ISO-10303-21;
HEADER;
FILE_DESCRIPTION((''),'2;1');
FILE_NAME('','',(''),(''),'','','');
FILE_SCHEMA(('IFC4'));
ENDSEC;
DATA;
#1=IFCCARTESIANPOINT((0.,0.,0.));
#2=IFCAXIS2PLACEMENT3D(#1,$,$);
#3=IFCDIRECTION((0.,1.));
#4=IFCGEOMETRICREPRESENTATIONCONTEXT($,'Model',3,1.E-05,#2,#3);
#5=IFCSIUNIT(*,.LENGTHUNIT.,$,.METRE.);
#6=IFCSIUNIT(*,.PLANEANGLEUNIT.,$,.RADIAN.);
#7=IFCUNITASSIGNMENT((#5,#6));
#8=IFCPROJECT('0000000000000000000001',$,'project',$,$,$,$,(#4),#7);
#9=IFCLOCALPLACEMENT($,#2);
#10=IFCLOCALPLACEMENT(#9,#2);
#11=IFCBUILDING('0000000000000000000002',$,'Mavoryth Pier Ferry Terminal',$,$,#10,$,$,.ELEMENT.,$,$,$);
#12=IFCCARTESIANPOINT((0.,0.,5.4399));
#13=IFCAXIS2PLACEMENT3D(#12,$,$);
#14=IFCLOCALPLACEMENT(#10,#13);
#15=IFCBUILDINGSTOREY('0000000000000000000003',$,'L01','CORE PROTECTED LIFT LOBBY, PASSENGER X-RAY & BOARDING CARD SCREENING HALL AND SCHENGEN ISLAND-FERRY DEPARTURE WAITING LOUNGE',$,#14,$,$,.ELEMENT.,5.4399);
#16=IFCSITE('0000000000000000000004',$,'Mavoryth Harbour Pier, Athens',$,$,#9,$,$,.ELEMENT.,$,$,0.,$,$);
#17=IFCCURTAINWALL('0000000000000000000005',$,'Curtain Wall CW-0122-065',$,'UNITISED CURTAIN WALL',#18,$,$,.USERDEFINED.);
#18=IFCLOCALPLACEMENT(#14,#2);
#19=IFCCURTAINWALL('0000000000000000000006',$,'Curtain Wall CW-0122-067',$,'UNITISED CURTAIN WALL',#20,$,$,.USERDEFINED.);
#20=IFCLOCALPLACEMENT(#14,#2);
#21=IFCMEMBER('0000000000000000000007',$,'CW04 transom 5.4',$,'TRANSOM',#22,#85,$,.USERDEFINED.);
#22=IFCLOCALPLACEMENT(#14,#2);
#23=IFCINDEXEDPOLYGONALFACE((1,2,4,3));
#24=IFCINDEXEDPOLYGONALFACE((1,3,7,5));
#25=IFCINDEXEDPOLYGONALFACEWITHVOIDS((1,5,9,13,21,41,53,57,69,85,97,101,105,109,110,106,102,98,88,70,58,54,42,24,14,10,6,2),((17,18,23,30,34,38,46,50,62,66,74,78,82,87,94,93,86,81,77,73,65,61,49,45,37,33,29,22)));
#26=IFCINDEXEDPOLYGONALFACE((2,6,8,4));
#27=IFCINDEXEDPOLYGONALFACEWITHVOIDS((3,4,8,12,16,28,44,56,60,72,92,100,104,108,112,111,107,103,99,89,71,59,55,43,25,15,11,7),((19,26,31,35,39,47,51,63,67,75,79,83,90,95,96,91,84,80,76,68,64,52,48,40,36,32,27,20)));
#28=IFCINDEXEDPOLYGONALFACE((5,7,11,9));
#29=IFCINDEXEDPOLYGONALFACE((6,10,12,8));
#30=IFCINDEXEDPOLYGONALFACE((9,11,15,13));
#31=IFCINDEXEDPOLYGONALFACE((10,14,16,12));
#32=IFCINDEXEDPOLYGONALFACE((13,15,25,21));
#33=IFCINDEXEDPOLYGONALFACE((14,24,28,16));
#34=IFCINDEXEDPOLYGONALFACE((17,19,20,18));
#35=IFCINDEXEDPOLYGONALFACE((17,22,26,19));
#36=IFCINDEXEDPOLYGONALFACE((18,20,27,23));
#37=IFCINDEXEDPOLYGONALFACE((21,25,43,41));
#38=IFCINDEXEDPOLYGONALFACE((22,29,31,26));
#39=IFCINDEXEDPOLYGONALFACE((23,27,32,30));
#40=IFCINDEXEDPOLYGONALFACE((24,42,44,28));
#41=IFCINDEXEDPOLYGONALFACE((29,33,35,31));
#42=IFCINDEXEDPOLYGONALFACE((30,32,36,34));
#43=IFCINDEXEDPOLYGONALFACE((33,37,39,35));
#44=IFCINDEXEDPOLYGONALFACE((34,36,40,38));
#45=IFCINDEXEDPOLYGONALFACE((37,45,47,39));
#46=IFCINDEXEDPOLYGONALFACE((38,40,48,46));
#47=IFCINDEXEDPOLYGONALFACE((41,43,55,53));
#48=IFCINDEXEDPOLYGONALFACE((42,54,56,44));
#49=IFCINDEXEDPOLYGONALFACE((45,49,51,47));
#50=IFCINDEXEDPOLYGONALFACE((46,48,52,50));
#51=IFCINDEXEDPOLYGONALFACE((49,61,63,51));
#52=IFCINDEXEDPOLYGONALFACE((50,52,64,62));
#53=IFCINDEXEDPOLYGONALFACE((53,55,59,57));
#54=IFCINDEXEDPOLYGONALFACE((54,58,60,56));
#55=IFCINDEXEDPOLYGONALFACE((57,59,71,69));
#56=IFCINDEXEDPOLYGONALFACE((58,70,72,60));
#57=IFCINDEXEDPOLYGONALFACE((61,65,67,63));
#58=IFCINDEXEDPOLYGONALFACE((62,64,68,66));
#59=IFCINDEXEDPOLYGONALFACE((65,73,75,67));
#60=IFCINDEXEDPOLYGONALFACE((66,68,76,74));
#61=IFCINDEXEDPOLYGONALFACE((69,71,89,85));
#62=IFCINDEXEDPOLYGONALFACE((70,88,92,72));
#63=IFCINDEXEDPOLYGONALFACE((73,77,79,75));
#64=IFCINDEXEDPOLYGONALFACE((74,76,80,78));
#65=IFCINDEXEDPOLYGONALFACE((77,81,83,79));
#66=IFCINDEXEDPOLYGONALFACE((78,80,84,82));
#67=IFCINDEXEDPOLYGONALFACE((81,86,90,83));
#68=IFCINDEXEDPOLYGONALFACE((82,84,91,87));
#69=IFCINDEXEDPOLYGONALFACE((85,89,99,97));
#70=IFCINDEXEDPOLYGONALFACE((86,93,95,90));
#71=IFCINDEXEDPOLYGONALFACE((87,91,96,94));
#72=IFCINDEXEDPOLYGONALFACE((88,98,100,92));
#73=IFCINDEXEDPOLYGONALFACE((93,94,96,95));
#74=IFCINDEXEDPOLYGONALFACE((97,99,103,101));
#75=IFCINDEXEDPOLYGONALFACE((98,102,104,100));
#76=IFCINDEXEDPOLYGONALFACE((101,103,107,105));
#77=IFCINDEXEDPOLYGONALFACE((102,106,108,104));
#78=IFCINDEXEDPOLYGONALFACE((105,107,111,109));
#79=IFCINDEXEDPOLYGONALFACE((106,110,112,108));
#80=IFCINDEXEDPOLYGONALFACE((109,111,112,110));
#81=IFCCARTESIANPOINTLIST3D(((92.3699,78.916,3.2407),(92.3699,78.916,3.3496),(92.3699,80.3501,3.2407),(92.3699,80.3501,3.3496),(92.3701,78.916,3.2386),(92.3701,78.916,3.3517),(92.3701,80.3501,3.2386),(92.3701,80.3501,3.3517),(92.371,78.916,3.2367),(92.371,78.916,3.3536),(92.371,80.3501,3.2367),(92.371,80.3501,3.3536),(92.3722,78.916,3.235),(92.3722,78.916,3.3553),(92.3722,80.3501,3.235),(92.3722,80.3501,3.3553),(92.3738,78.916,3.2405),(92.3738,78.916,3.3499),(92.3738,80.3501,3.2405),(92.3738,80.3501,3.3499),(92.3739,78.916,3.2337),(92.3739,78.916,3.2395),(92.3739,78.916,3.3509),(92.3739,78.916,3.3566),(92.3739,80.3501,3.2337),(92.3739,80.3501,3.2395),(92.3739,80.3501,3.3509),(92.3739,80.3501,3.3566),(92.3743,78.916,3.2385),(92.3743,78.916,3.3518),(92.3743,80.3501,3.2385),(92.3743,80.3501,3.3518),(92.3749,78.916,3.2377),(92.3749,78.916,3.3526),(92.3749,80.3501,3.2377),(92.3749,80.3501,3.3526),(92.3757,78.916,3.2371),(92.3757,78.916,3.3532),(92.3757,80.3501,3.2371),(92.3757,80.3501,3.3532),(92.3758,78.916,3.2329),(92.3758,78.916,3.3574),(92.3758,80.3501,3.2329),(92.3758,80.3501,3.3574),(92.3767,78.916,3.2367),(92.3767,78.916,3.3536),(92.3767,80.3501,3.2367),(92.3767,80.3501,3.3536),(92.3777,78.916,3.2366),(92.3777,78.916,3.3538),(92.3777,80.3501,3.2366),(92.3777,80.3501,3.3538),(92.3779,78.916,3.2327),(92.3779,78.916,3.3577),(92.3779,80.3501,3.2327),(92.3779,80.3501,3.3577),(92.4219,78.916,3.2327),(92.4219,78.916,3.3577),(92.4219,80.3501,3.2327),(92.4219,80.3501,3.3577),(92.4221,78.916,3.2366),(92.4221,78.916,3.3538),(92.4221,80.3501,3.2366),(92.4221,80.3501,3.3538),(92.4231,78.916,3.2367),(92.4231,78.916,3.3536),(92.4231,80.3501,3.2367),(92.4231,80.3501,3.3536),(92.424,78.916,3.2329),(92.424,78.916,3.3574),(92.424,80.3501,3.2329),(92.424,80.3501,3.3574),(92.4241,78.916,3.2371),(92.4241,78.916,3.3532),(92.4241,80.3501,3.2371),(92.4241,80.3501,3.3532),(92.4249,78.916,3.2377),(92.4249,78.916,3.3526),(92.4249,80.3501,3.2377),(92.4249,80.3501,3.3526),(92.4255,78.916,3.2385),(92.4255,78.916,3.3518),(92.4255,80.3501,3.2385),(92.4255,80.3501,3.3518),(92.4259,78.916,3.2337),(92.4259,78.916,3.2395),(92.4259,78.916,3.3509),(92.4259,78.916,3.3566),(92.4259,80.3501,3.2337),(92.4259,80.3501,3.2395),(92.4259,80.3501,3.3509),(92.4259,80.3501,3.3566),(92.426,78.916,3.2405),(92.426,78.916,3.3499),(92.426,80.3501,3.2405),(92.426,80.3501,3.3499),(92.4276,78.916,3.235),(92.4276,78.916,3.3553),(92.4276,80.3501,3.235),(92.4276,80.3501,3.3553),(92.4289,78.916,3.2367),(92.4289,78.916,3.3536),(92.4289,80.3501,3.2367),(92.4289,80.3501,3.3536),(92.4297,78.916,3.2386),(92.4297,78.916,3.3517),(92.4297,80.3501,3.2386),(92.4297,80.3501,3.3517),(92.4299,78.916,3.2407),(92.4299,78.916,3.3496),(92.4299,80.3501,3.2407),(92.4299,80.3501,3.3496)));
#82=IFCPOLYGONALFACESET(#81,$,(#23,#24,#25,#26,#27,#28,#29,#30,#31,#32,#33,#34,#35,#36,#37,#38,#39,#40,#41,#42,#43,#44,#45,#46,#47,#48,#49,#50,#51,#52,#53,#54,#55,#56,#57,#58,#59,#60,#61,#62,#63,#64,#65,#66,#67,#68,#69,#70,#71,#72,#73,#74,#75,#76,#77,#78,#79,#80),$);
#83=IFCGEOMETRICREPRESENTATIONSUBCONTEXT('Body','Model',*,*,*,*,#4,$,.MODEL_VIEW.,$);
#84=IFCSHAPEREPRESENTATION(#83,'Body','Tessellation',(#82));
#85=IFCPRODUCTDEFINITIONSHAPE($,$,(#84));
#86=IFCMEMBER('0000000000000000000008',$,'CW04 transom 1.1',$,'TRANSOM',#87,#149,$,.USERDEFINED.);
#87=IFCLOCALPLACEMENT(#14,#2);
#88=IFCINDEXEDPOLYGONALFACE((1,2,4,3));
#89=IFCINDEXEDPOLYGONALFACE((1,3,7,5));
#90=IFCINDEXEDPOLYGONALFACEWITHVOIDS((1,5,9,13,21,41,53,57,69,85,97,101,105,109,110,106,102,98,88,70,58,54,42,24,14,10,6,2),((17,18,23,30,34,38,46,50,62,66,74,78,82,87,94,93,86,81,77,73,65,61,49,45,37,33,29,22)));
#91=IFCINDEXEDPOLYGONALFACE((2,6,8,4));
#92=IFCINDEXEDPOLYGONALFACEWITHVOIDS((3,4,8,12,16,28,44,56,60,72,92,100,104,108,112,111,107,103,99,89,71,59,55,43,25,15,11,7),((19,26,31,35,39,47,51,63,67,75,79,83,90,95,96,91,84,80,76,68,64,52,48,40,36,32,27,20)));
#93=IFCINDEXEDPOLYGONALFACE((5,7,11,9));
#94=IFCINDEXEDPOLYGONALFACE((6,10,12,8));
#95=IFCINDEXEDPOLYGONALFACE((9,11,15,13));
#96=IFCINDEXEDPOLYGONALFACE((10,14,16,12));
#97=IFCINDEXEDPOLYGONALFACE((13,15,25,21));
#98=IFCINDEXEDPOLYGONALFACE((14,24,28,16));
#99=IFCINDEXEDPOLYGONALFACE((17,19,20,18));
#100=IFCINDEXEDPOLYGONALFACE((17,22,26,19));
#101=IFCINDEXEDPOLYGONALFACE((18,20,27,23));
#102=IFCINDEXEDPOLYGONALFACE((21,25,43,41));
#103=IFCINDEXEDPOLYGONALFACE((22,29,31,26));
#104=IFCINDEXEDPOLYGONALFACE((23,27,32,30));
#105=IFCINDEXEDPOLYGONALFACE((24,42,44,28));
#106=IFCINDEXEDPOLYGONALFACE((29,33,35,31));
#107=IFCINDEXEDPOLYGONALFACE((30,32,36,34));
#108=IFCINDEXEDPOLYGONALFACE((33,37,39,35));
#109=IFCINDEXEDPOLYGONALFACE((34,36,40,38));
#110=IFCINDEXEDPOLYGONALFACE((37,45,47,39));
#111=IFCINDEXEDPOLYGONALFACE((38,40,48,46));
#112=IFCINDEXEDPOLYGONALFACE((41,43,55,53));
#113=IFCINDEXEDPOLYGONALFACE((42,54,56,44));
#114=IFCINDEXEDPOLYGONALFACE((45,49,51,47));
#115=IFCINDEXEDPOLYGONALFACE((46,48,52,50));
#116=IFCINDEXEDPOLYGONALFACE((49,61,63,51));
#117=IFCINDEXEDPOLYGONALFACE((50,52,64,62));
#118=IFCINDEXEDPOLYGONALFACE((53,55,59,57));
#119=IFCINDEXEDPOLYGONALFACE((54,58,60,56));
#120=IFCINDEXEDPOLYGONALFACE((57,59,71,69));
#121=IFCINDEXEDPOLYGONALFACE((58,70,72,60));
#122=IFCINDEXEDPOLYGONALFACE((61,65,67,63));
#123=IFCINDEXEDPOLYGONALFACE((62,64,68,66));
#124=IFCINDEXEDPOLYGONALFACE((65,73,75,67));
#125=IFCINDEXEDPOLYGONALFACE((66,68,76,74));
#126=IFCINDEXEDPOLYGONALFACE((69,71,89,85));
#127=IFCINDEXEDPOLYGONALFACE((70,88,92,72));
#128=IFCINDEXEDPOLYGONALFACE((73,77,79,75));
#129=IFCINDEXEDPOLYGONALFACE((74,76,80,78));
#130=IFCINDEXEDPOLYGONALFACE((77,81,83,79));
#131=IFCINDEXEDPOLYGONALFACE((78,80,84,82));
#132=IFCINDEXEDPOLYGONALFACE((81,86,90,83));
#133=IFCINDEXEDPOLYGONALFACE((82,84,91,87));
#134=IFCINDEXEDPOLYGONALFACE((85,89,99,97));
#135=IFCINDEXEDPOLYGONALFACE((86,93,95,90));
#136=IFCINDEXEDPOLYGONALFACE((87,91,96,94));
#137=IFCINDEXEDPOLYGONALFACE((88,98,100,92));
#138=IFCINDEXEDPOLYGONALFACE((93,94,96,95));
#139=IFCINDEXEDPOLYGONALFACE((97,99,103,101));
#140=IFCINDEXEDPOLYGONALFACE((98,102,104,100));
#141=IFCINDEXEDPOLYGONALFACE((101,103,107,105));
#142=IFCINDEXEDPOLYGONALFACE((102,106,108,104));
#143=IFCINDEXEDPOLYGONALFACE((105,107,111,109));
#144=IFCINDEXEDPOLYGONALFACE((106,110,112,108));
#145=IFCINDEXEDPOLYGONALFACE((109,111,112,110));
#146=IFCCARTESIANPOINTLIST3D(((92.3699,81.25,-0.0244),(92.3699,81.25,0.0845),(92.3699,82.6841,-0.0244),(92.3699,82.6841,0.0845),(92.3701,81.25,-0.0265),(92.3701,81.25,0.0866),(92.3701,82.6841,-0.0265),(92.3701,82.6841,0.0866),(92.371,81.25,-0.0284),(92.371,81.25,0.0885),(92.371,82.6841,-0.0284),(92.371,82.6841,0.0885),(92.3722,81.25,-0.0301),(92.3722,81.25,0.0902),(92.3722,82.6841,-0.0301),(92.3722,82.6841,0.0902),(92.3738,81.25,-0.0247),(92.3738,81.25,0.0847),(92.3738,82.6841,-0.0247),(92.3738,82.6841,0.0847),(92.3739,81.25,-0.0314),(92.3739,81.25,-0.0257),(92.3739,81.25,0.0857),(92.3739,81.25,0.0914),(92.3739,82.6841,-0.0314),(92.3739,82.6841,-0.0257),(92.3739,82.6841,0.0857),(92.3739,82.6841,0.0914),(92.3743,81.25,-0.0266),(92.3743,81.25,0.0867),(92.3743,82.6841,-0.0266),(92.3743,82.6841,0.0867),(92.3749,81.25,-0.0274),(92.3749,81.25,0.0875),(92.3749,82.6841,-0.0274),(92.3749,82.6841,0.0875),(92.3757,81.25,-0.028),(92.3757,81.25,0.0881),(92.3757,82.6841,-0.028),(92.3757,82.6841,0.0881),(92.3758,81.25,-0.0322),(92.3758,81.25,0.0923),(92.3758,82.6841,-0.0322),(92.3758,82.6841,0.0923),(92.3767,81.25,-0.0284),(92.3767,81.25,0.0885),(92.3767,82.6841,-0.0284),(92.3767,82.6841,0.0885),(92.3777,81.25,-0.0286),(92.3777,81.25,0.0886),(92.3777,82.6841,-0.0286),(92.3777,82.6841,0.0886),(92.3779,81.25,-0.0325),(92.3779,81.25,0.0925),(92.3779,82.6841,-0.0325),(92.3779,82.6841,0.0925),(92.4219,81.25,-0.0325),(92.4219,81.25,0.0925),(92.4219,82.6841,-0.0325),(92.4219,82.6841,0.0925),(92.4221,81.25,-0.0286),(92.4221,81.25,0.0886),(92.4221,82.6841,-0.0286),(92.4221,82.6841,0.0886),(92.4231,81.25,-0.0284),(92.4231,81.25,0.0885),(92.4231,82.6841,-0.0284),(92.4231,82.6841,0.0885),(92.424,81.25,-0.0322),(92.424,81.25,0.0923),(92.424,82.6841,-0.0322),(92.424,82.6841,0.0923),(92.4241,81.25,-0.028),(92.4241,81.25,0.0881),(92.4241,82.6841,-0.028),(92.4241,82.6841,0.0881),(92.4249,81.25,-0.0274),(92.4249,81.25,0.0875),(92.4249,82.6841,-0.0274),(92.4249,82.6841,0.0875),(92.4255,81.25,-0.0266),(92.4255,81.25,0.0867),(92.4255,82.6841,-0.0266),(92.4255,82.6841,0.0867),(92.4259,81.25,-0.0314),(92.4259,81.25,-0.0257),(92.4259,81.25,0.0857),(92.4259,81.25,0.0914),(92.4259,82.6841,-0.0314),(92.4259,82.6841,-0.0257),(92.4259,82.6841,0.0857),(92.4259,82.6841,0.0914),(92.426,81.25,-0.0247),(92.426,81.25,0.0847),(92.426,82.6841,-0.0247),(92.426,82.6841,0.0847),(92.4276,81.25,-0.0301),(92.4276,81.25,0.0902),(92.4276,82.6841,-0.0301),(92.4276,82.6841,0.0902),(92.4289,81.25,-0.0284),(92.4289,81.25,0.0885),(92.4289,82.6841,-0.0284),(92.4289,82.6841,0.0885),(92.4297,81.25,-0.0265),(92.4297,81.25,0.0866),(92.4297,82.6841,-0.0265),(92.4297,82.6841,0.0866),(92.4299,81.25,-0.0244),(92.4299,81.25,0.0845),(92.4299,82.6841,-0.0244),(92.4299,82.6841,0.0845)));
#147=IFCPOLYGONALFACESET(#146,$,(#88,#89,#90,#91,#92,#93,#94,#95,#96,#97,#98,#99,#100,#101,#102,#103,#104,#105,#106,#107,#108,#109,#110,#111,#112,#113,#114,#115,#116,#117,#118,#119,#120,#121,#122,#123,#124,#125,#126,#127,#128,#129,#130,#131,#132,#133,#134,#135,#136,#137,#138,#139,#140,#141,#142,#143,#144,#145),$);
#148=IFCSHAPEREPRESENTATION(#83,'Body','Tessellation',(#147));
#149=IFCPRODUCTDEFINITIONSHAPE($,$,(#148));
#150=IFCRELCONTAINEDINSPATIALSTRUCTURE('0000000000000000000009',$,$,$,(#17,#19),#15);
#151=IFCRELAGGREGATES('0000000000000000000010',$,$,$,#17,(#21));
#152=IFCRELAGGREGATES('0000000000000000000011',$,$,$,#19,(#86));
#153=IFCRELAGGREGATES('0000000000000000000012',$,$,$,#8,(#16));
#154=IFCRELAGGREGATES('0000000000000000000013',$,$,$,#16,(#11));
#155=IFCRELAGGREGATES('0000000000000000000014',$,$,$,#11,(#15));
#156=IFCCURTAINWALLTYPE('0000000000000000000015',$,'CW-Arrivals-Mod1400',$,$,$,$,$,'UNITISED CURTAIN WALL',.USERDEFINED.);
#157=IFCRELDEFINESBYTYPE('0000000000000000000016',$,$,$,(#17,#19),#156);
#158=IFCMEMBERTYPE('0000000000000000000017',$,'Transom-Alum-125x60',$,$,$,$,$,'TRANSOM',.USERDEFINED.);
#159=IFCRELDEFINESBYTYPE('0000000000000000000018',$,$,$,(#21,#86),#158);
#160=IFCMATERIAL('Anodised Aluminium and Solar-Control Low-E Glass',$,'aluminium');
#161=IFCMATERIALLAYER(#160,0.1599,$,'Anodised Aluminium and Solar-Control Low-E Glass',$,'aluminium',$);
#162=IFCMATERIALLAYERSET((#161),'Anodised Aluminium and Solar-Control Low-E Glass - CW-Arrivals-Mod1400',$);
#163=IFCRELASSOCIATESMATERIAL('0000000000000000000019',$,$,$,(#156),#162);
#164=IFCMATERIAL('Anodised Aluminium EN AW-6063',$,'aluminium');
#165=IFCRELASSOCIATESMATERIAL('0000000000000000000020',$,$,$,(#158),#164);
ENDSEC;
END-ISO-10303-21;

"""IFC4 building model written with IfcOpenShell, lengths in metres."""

from ifc_helpers import new_model, si_unit, direction, frame, origin, origin_2d, place, context, subcontext, project, spatial, hollow_rectangle, extrude, material, layer, layer_set, material_profile, profile_set, type_object, element, aggregate, save


model = new_model("IFC4")

# Units and contexts
model_context = context("Model", 3, precision=1e-05, world=origin(), true_north=direction((0.0, 1.0)))
body_context = subcontext(model_context, "Body", "Model", "MODEL_VIEW")
ifc_project = project(units=[si_unit("LENGTHUNIT", "METRE"), si_unit("PLANEANGLEUNIT", "RADIAN")], contexts=[model_context])

# Site, building, storey
site_placement = place(None, origin())
site = spatial("IfcSite", under=ifc_project, at=site_placement, Name="Mavoryth Harbour Pier, Athens", CompositionType="ELEMENT", RefElevation=0.0)
building_placement = place(site_placement, origin())
building = spatial("IfcBuilding", under=site, at=building_placement, Name="Mavoryth Pier Ferry Terminal", CompositionType="ELEMENT")
storey_placement = place(building_placement, frame((0.0, 0.0, 5.4399)))
storey = spatial("IfcBuildingStorey", under=building, at=storey_placement, Name="L01", Description="CORE PROTECTED LIFT LOBBY, PASSENGER X-RAY & BOARDING CARD SCREENING HALL AND SCHENGEN ISLAND-FERRY DEPARTURE WAITING LOUNGE", CompositionType="ELEMENT", Elevation=5.4399)

# Curtain wall
ifc_material_1 = material(Name="Anodised Aluminium and Solar-Control Low-E Glass", Category="aluminium")
ifc_layer_1 = layer(ifc_material_1, 0.1599, Name="Anodised Aluminium and Solar-Control Low-E Glass", Category="aluminium")
ifc_layer_set_1 = layer_set([ifc_layer_1], Name="Anodised Aluminium and Solar-Control Low-E Glass - CW-Arrivals-Mod1400")
curtain_wall_type = type_object("IfcCurtainWallType", Name="CW-Arrivals-Mod1400", ElementType="UNITISED CURTAIN WALL", PredefinedType="USERDEFINED", material=ifc_layer_set_1)
curtain_wall_1_placement = place(storey_placement, origin())
curtain_wall_1 = element("IfcCurtainWall", 1, at=curtain_wall_1_placement, inside=storey, type_object=curtain_wall_type, Name="Curtain Wall CW-0122-065", ObjectType="UNITISED CURTAIN WALL", PredefinedType="USERDEFINED")
ifc_material_2 = material(Name="Anodised Aluminium EN AW-6063", Category="aluminium")

# Curtain wall
curtain_wall_2_placement = place(storey_placement, origin())
curtain_wall_2 = element("IfcCurtainWall", 2, at=curtain_wall_2_placement, inside=storey, type_object=curtain_wall_type, Name="Curtain Wall CW-0122-067", ObjectType="UNITISED CURTAIN WALL", PredefinedType="USERDEFINED")

# Members
ifc_material_profile_1 = material_profile(ifc_material_2, hollow_rectangle(XDim=0.0601, YDim=0.125, WallThickness=0.0039, InnerFilletRadius=0.0039, OuterFilletRadius=0.0081, at=origin_2d()), Name="AL-TRAN 125x60x4", Category="aluminium")
ifc_profile_set_1 = profile_set([ifc_material_profile_1], Name="Anodised Aluminium EN AW-6063 - AL-TRAN 125x60x4")
member_type_1 = type_object("IfcMemberType", Name="Transom-Alum-125x60", ElementType="TRANSOM", PredefinedType="USERDEFINED", material=ifc_profile_set_1)
member_1_placement = place(storey_placement, frame((92.3999, 78.916, 3.2952), z_axis=(0.0, 1.0, 0.0), x_axis=(-1.0, 0.0, 0.0)))
member_1 = element("IfcMember", 3, at=member_1_placement, type_object=member_type_1, Name="CW04 transom 5.4", ObjectType="TRANSOM", PredefinedType="USERDEFINED", context=body_context, shape_type="SweptSolid", body=[
    extrude(hollow_rectangle(XDim=0.0601, YDim=0.125, WallThickness=0.0039, InnerFilletRadius=0.0039, OuterFilletRadius=0.0081, at=origin_2d()), origin(), (0.0, 0.0, 1.0), 1.4341),
])
member_2_placement = place(storey_placement, frame((92.3999, 81.25, 0.03), z_axis=(0.0, 1.0, 0.0), x_axis=(-1.0, 0.0, 0.0)))
member_2 = element("IfcMember", 4, at=member_2_placement, type_object=member_type_1, Name="CW04 transom 1.1", ObjectType="TRANSOM", PredefinedType="USERDEFINED", context=body_context, shape_type="SweptSolid", body=[
    extrude(hollow_rectangle(XDim=0.0601, YDim=0.125, WallThickness=0.0039, InnerFilletRadius=0.0039, OuterFilletRadius=0.0081, at=origin_2d()), origin(), (0.0, 0.0, 1.0), 1.4341),
])

aggregate(curtain_wall_1, [member_1])
aggregate(curtain_wall_2, [member_2])

save(model, "model.ifc")
